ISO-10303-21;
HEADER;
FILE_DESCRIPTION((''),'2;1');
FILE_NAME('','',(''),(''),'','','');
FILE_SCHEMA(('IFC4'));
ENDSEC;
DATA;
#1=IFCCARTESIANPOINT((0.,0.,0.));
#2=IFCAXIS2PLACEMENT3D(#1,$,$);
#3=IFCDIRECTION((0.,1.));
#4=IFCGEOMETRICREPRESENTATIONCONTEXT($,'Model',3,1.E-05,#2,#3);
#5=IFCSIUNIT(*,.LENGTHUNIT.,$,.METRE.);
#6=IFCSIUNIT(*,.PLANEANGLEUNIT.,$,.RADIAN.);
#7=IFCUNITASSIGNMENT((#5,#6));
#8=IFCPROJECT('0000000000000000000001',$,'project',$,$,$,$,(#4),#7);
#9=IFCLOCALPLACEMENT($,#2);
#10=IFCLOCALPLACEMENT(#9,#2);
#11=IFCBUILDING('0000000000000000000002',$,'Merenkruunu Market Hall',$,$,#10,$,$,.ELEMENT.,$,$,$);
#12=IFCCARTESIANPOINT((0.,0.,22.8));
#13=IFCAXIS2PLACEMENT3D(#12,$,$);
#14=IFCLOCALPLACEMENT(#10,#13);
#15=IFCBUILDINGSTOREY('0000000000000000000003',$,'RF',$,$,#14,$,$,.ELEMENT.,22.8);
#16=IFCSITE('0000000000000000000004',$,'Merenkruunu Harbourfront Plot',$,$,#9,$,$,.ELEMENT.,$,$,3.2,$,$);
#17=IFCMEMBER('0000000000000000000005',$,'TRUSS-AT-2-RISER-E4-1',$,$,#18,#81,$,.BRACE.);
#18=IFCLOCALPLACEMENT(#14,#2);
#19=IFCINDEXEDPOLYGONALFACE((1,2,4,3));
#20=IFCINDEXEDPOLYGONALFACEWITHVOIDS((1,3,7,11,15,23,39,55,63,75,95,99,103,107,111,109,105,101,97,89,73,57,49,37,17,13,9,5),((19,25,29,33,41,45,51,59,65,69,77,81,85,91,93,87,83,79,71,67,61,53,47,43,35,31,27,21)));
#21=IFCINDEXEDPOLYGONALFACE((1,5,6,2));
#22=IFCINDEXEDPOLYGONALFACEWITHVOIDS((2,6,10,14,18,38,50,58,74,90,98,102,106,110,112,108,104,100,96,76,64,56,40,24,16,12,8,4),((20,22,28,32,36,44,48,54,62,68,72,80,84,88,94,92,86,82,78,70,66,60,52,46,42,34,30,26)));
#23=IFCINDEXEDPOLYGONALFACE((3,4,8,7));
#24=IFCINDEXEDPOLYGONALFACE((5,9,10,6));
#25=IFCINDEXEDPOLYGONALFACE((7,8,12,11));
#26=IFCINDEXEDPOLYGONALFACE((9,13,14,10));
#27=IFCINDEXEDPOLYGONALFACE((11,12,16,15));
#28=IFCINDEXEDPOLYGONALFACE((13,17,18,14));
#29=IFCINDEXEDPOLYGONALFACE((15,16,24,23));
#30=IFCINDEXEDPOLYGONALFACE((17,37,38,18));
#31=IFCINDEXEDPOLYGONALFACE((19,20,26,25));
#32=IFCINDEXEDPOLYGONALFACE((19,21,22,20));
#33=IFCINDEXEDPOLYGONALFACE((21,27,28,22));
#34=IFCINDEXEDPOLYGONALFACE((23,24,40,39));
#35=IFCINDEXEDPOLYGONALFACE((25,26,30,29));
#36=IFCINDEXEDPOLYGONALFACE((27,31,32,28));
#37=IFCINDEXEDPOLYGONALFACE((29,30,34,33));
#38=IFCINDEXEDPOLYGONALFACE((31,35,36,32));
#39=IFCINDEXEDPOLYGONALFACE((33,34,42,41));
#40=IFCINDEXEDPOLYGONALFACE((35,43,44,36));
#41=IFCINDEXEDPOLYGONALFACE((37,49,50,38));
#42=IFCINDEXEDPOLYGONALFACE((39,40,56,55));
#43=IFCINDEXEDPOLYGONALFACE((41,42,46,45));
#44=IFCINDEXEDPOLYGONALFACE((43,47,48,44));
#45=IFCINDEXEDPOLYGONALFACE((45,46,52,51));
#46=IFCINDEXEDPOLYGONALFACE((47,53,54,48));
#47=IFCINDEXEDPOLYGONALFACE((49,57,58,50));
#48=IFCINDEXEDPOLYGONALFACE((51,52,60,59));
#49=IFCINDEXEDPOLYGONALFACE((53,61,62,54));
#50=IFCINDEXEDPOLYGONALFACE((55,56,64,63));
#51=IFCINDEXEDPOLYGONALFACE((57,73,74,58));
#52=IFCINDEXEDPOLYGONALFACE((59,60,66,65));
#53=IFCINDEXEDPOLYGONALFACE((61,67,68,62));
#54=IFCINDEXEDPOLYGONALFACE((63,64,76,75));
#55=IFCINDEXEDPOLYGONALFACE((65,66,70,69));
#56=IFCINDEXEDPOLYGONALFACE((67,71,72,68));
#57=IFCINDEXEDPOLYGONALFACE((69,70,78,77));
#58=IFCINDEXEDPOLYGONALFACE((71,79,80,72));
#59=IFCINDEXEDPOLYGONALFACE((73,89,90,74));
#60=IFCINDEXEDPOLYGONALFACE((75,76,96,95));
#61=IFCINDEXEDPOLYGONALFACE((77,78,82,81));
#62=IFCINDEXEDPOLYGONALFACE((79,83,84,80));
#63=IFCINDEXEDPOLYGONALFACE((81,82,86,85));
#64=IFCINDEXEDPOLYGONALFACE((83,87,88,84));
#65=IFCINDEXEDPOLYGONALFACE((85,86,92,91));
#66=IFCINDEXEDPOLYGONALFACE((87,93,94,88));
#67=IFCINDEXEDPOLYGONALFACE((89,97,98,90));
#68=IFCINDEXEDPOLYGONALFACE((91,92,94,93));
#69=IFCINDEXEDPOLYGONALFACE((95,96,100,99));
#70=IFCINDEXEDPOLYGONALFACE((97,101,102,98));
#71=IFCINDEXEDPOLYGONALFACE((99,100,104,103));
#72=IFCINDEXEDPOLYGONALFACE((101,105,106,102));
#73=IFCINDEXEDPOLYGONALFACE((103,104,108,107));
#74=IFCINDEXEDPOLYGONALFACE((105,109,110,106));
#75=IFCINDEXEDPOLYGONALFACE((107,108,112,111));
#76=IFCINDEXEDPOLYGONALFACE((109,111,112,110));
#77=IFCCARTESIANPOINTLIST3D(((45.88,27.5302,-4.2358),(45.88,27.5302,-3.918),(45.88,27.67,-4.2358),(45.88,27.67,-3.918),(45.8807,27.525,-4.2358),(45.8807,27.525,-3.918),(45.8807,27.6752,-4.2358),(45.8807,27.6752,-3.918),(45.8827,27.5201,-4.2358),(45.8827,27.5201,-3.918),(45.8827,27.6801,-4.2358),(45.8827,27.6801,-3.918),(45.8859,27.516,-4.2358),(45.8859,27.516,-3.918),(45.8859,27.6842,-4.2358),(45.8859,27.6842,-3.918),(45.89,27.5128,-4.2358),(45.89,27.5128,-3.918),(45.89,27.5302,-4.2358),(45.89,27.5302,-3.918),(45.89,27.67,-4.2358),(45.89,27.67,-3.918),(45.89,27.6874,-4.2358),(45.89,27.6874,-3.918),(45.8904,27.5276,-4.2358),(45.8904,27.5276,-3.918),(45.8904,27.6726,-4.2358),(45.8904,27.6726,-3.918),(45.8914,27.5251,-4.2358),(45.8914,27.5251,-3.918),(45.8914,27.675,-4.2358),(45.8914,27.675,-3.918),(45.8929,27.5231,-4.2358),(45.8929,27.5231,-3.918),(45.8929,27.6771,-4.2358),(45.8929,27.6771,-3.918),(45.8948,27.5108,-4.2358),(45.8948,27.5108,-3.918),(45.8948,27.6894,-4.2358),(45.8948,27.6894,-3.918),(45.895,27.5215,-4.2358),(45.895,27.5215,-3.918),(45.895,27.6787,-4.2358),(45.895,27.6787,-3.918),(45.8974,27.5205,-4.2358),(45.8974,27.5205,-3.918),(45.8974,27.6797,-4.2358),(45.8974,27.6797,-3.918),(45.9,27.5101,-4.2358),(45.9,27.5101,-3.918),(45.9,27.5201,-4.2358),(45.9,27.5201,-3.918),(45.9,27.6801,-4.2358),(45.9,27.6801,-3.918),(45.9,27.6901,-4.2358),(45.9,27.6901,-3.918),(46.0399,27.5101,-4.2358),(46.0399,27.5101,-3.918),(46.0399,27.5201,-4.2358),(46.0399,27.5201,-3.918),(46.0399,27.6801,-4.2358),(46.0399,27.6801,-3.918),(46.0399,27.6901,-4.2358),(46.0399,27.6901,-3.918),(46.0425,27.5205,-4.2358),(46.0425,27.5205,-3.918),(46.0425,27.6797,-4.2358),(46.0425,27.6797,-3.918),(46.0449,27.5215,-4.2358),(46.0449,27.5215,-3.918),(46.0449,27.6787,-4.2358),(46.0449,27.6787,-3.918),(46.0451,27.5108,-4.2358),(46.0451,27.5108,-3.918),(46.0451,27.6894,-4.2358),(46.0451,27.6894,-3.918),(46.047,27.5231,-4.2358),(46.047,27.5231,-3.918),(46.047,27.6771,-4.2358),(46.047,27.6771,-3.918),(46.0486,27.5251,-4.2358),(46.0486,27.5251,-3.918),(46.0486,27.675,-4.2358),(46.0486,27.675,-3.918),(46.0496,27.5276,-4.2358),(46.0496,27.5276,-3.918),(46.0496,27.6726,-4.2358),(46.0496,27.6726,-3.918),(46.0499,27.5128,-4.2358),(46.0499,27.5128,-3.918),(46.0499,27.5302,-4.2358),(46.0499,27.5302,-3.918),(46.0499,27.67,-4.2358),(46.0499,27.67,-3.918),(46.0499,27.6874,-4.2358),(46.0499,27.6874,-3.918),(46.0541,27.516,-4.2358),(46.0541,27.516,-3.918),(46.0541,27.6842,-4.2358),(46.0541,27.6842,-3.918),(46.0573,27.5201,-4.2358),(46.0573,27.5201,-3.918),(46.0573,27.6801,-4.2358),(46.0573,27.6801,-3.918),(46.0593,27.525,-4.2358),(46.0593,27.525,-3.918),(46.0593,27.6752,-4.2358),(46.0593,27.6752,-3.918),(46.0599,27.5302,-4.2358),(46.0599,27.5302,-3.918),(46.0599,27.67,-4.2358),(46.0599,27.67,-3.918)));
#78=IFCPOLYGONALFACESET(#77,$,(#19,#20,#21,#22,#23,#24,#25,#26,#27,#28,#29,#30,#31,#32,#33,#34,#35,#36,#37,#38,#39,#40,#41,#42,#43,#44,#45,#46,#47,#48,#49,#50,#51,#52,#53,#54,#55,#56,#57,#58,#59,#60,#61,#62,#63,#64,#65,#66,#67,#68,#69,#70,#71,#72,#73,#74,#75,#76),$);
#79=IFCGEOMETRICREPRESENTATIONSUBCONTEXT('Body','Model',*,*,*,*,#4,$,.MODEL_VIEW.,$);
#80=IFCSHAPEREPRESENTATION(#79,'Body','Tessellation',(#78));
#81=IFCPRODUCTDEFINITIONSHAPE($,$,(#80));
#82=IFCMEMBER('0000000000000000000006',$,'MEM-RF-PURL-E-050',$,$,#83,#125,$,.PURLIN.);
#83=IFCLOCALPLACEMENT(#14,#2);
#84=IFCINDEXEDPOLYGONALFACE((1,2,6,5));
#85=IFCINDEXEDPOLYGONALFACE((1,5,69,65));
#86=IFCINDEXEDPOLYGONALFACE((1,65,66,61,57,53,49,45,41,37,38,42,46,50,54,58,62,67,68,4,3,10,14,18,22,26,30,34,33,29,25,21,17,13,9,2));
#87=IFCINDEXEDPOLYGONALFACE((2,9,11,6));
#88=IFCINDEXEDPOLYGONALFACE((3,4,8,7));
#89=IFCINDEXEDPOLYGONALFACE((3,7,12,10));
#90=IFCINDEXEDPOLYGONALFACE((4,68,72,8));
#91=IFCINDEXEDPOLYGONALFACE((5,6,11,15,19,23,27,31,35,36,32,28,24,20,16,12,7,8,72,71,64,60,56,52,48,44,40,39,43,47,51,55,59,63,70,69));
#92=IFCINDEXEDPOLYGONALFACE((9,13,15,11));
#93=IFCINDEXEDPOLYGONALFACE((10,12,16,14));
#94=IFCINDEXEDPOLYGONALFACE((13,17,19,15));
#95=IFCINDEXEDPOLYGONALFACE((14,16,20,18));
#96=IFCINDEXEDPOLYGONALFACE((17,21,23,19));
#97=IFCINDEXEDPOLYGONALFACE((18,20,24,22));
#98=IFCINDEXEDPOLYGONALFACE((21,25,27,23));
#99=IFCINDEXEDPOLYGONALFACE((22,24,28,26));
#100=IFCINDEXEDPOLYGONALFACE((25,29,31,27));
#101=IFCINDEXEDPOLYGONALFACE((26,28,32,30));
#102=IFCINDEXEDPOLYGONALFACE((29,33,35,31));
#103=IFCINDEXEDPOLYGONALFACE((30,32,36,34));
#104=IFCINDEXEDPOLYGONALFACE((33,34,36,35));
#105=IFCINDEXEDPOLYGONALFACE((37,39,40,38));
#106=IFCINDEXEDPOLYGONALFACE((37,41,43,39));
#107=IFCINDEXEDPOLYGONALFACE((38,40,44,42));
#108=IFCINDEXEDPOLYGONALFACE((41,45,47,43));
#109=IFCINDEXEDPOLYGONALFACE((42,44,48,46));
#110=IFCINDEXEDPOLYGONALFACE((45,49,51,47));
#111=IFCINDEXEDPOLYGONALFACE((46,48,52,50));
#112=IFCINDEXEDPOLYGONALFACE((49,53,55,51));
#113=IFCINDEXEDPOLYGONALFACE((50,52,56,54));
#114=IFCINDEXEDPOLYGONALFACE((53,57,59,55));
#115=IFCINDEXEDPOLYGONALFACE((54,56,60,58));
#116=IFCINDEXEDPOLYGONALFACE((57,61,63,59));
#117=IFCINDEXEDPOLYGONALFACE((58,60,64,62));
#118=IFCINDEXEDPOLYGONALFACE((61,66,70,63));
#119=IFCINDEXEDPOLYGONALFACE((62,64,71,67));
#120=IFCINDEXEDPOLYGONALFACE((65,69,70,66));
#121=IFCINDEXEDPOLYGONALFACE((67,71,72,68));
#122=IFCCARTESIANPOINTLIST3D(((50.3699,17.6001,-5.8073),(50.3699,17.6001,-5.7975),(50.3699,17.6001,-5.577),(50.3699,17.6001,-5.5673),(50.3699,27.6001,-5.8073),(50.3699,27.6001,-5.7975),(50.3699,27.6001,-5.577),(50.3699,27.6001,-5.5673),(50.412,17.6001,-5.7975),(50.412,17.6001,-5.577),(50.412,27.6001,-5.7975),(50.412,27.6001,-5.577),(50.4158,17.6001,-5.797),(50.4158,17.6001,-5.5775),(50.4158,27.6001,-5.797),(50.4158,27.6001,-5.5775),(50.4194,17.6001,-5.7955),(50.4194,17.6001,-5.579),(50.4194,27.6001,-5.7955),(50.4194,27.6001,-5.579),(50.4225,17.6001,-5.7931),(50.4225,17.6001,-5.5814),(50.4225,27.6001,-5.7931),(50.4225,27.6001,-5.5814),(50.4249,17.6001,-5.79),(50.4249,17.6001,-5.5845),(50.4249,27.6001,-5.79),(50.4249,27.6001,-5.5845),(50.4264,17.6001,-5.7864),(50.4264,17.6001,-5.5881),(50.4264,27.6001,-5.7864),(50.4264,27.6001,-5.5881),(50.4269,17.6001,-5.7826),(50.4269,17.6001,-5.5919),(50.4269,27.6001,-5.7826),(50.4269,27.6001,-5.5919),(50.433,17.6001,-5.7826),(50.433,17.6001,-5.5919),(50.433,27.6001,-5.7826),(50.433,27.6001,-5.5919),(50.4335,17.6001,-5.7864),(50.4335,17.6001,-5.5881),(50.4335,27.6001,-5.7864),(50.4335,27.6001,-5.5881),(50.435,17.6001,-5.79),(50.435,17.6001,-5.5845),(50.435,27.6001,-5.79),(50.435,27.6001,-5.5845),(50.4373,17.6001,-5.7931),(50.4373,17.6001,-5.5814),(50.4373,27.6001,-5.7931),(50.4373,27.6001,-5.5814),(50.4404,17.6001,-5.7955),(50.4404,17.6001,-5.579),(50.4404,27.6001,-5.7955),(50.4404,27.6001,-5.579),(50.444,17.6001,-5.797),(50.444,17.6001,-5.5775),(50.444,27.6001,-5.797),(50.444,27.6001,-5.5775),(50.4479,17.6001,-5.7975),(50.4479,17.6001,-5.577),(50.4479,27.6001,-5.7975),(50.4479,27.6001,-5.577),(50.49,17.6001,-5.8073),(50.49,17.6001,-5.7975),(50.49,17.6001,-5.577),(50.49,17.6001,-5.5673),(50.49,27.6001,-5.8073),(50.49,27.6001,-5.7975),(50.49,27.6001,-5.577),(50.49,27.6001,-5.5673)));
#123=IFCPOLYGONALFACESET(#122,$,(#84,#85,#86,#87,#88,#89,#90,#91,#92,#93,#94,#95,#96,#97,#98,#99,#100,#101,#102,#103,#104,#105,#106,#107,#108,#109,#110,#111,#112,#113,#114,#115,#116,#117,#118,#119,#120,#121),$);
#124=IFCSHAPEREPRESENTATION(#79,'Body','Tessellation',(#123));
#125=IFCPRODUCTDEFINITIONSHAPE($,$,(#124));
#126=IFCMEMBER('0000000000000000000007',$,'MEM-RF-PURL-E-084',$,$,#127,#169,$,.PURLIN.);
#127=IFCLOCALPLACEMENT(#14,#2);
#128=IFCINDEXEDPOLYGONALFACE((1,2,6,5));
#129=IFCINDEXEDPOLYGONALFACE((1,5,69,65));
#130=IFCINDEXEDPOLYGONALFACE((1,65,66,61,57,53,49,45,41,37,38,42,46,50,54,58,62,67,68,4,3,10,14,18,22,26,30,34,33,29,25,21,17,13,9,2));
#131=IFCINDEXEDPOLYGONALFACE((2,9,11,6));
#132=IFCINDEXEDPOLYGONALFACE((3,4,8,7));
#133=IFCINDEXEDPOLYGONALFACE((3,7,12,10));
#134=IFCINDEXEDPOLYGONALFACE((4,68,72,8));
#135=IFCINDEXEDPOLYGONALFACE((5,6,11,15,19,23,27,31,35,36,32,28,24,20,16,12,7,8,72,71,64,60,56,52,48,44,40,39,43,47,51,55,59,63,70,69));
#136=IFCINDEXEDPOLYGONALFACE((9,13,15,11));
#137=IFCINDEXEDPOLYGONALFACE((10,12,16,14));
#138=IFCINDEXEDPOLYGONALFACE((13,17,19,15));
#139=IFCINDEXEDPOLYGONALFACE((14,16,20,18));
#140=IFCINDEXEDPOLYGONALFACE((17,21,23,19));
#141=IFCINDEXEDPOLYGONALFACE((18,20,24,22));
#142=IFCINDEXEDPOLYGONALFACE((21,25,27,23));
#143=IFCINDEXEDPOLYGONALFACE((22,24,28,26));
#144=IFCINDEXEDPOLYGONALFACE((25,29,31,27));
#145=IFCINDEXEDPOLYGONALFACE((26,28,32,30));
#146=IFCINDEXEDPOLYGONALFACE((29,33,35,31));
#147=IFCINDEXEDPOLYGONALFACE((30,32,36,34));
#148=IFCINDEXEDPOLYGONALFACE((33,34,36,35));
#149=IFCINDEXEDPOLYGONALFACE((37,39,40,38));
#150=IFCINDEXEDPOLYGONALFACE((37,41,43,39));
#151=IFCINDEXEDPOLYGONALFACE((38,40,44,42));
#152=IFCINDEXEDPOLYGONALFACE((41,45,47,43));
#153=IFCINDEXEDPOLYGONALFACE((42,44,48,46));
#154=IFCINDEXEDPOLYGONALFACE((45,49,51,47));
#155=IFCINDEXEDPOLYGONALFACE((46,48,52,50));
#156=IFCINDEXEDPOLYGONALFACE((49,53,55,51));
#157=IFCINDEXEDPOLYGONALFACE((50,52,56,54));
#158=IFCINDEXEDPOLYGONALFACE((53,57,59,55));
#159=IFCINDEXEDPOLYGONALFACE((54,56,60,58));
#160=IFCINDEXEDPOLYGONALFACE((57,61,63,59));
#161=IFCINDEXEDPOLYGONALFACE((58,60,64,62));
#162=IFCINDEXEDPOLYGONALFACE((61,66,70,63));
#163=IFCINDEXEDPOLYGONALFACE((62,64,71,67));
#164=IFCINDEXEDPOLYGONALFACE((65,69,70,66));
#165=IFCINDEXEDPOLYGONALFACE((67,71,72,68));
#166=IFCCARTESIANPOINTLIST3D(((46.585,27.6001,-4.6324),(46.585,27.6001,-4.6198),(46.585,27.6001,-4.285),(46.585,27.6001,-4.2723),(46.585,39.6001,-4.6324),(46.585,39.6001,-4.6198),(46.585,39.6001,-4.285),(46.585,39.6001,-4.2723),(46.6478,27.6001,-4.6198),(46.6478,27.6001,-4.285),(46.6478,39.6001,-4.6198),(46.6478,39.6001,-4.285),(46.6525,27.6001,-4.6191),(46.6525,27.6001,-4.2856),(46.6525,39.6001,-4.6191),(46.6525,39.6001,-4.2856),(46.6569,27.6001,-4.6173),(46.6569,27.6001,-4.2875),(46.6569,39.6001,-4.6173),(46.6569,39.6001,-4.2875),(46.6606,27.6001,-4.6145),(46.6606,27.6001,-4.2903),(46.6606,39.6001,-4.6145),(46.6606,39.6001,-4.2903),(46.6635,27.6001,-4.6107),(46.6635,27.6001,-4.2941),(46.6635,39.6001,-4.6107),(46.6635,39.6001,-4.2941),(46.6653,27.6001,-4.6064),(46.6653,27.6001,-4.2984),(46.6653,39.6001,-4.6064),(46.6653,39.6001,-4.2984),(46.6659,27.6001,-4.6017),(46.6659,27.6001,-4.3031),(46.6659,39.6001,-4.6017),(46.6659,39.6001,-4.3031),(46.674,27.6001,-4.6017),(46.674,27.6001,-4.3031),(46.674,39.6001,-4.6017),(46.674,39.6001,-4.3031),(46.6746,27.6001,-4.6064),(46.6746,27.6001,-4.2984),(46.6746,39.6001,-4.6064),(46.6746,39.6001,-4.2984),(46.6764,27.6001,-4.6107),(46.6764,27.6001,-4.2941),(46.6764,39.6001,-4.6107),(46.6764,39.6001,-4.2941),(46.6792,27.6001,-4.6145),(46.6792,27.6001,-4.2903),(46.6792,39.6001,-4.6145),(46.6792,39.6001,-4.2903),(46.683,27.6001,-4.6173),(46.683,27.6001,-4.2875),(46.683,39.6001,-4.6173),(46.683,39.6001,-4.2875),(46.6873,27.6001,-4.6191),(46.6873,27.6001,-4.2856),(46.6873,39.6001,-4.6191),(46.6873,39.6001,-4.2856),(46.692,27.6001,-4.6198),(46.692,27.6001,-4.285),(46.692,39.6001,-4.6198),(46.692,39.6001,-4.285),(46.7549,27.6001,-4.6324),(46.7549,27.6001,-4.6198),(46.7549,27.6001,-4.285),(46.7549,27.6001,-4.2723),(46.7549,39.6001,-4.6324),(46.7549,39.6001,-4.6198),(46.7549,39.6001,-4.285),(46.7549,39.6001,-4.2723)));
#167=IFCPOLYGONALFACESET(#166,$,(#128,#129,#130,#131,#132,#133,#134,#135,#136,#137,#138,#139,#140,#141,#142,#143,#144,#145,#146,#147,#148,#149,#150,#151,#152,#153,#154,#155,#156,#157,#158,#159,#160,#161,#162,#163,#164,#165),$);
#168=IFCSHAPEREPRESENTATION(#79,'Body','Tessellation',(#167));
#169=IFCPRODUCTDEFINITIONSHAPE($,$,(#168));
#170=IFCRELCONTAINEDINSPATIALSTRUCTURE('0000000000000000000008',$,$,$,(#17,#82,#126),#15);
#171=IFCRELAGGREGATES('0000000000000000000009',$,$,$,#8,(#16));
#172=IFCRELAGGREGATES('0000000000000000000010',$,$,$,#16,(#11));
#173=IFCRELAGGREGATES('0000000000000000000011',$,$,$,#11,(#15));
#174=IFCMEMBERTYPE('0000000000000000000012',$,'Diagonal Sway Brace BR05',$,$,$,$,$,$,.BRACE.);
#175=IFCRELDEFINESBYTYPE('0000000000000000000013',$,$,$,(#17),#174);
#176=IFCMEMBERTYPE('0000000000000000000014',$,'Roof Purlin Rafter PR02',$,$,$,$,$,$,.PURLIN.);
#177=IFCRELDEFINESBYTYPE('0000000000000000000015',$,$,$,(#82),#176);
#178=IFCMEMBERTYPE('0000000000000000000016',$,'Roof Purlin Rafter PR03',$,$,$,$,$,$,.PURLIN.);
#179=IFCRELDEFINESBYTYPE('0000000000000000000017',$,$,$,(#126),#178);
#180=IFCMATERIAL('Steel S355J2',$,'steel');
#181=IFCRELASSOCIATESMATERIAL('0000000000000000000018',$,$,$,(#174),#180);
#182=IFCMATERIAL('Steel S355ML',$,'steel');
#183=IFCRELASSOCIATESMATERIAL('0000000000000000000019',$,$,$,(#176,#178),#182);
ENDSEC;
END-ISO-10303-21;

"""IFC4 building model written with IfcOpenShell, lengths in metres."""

from ifc_helpers import new_model, si_unit, direction, frame, origin, origin_2d, place, context, subcontext, project, spatial, hollow_rectangle, i_section, extrude, material, material_profile, profile_set, type_object, element, save


model = new_model("IFC4")

# Units and contexts
model_context = context("Model", 3, precision=1e-05, world=origin(), true_north=direction((0.0, 1.0)))
body_context = subcontext(model_context, "Body", "Model", "MODEL_VIEW")
ifc_project = project(units=[si_unit("LENGTHUNIT", "METRE"), si_unit("PLANEANGLEUNIT", "RADIAN")], contexts=[model_context])

# Site, building, storey
site_placement = place(None, origin())
site = spatial("IfcSite", under=ifc_project, at=site_placement, Name="Merenkruunu Harbourfront Plot", CompositionType="ELEMENT", RefElevation=3.2)
building_placement = place(site_placement, origin())
building = spatial("IfcBuilding", under=site, at=building_placement, Name="Merenkruunu Market Hall", CompositionType="ELEMENT")
storey_placement = place(building_placement, frame((0.0, 0.0, 22.8)))
storey = spatial("IfcBuildingStorey", under=building, at=storey_placement, Name="RF", CompositionType="ELEMENT", Elevation=22.8)

# Shared definitions
ifc_material_1 = material(Name="Steel S355ML", Category="steel")

# Members
ifc_material_2 = material(Name="Steel S355J2", Category="steel")
ifc_material_profile_1 = material_profile(ifc_material_2, hollow_rectangle(XDim=0.1799, YDim=0.1799, WallThickness=0.01, InnerFilletRadius=0.01, OuterFilletRadius=0.02, at=origin_2d()), Name="SHS 180x180x10")
ifc_profile_set_1 = profile_set([ifc_material_profile_1], Name="Steel S355J2")
member_type_1 = type_object("IfcMemberType", Name="Diagonal Sway Brace BR05", PredefinedType="BRACE", material=ifc_profile_set_1)
member_1_placement = place(storey_placement, frame((45.97, 27.6001, -4.2358), z_axis=(0.0, 0.0, 1.0), x_axis=(1.0, 0.0, 0.0)))
element("IfcMember", 1, at=member_1_placement, inside=storey, type_object=member_type_1, Name="TRUSS-AT-2-RISER-E4-1", PredefinedType="BRACE", context=body_context, shape_type="SweptSolid", body=[
    extrude(hollow_rectangle(XDim=0.1799, YDim=0.1799, WallThickness=0.01, InnerFilletRadius=0.01, OuterFilletRadius=0.02, at=origin_2d()), origin(), (0.0, 0.0, 1.0), 0.3179),
])
ifc_material_profile_2 = material_profile(ifc_material_1, i_section(OverallWidth=0.1201, OverallDepth=0.24, WebThickness=0.0061, FlangeThickness=0.0098, FilletRadius=0.0149, at=origin_2d()), Name="IPE 240")
ifc_profile_set_2 = profile_set([ifc_material_profile_2], Name="Steel S355ML")
member_type_2 = type_object("IfcMemberType", Name="Roof Purlin Rafter PR02", PredefinedType="PURLIN", material=ifc_profile_set_2)
member_2_placement = place(storey_placement, frame((50.4299, 17.6001, -5.6873), z_axis=(0.0, 1.0, 0.0), x_axis=(-1.0, 0.0, 0.0)))
element("IfcMember", 2, at=member_2_placement, inside=storey, type_object=member_type_2, Name="MEM-RF-PURL-E-050", PredefinedType="PURLIN", context=body_context, shape_type="SweptSolid", body=[
    extrude(i_section(OverallWidth=0.1201, OverallDepth=0.24, WebThickness=0.0061, FlangeThickness=0.0098, FilletRadius=0.0149, at=origin_2d()), origin(), (0.0, 0.0, 1.0), 10.0),
])
ifc_material_profile_3 = material_profile(ifc_material_1, i_section(OverallWidth=0.1699, OverallDepth=0.3601, WebThickness=0.0081, FlangeThickness=0.0127, FilletRadius=0.0181, at=origin_2d()), Name="IPE 360")
ifc_profile_set_3 = profile_set([ifc_material_profile_3], Name="Steel S355ML")
member_type_3 = type_object("IfcMemberType", Name="Roof Purlin Rafter PR03", PredefinedType="PURLIN", material=ifc_profile_set_3)
member_3_placement = place(storey_placement, frame((46.6699, 27.6001, -4.4524), z_axis=(0.0, 1.0, 0.0), x_axis=(-1.0, 0.0, 0.0)))
element("IfcMember", 3, at=member_3_placement, inside=storey, type_object=member_type_3, Name="MEM-RF-PURL-E-084", PredefinedType="PURLIN", context=body_context, shape_type="SweptSolid", body=[
    extrude(i_section(OverallWidth=0.1699, OverallDepth=0.3601, WebThickness=0.0081, FlangeThickness=0.0127, FilletRadius=0.0181, at=origin_2d()), origin(), (0.0, 0.0, 1.0), 12.0),
])

save(model, "model.ifc")
